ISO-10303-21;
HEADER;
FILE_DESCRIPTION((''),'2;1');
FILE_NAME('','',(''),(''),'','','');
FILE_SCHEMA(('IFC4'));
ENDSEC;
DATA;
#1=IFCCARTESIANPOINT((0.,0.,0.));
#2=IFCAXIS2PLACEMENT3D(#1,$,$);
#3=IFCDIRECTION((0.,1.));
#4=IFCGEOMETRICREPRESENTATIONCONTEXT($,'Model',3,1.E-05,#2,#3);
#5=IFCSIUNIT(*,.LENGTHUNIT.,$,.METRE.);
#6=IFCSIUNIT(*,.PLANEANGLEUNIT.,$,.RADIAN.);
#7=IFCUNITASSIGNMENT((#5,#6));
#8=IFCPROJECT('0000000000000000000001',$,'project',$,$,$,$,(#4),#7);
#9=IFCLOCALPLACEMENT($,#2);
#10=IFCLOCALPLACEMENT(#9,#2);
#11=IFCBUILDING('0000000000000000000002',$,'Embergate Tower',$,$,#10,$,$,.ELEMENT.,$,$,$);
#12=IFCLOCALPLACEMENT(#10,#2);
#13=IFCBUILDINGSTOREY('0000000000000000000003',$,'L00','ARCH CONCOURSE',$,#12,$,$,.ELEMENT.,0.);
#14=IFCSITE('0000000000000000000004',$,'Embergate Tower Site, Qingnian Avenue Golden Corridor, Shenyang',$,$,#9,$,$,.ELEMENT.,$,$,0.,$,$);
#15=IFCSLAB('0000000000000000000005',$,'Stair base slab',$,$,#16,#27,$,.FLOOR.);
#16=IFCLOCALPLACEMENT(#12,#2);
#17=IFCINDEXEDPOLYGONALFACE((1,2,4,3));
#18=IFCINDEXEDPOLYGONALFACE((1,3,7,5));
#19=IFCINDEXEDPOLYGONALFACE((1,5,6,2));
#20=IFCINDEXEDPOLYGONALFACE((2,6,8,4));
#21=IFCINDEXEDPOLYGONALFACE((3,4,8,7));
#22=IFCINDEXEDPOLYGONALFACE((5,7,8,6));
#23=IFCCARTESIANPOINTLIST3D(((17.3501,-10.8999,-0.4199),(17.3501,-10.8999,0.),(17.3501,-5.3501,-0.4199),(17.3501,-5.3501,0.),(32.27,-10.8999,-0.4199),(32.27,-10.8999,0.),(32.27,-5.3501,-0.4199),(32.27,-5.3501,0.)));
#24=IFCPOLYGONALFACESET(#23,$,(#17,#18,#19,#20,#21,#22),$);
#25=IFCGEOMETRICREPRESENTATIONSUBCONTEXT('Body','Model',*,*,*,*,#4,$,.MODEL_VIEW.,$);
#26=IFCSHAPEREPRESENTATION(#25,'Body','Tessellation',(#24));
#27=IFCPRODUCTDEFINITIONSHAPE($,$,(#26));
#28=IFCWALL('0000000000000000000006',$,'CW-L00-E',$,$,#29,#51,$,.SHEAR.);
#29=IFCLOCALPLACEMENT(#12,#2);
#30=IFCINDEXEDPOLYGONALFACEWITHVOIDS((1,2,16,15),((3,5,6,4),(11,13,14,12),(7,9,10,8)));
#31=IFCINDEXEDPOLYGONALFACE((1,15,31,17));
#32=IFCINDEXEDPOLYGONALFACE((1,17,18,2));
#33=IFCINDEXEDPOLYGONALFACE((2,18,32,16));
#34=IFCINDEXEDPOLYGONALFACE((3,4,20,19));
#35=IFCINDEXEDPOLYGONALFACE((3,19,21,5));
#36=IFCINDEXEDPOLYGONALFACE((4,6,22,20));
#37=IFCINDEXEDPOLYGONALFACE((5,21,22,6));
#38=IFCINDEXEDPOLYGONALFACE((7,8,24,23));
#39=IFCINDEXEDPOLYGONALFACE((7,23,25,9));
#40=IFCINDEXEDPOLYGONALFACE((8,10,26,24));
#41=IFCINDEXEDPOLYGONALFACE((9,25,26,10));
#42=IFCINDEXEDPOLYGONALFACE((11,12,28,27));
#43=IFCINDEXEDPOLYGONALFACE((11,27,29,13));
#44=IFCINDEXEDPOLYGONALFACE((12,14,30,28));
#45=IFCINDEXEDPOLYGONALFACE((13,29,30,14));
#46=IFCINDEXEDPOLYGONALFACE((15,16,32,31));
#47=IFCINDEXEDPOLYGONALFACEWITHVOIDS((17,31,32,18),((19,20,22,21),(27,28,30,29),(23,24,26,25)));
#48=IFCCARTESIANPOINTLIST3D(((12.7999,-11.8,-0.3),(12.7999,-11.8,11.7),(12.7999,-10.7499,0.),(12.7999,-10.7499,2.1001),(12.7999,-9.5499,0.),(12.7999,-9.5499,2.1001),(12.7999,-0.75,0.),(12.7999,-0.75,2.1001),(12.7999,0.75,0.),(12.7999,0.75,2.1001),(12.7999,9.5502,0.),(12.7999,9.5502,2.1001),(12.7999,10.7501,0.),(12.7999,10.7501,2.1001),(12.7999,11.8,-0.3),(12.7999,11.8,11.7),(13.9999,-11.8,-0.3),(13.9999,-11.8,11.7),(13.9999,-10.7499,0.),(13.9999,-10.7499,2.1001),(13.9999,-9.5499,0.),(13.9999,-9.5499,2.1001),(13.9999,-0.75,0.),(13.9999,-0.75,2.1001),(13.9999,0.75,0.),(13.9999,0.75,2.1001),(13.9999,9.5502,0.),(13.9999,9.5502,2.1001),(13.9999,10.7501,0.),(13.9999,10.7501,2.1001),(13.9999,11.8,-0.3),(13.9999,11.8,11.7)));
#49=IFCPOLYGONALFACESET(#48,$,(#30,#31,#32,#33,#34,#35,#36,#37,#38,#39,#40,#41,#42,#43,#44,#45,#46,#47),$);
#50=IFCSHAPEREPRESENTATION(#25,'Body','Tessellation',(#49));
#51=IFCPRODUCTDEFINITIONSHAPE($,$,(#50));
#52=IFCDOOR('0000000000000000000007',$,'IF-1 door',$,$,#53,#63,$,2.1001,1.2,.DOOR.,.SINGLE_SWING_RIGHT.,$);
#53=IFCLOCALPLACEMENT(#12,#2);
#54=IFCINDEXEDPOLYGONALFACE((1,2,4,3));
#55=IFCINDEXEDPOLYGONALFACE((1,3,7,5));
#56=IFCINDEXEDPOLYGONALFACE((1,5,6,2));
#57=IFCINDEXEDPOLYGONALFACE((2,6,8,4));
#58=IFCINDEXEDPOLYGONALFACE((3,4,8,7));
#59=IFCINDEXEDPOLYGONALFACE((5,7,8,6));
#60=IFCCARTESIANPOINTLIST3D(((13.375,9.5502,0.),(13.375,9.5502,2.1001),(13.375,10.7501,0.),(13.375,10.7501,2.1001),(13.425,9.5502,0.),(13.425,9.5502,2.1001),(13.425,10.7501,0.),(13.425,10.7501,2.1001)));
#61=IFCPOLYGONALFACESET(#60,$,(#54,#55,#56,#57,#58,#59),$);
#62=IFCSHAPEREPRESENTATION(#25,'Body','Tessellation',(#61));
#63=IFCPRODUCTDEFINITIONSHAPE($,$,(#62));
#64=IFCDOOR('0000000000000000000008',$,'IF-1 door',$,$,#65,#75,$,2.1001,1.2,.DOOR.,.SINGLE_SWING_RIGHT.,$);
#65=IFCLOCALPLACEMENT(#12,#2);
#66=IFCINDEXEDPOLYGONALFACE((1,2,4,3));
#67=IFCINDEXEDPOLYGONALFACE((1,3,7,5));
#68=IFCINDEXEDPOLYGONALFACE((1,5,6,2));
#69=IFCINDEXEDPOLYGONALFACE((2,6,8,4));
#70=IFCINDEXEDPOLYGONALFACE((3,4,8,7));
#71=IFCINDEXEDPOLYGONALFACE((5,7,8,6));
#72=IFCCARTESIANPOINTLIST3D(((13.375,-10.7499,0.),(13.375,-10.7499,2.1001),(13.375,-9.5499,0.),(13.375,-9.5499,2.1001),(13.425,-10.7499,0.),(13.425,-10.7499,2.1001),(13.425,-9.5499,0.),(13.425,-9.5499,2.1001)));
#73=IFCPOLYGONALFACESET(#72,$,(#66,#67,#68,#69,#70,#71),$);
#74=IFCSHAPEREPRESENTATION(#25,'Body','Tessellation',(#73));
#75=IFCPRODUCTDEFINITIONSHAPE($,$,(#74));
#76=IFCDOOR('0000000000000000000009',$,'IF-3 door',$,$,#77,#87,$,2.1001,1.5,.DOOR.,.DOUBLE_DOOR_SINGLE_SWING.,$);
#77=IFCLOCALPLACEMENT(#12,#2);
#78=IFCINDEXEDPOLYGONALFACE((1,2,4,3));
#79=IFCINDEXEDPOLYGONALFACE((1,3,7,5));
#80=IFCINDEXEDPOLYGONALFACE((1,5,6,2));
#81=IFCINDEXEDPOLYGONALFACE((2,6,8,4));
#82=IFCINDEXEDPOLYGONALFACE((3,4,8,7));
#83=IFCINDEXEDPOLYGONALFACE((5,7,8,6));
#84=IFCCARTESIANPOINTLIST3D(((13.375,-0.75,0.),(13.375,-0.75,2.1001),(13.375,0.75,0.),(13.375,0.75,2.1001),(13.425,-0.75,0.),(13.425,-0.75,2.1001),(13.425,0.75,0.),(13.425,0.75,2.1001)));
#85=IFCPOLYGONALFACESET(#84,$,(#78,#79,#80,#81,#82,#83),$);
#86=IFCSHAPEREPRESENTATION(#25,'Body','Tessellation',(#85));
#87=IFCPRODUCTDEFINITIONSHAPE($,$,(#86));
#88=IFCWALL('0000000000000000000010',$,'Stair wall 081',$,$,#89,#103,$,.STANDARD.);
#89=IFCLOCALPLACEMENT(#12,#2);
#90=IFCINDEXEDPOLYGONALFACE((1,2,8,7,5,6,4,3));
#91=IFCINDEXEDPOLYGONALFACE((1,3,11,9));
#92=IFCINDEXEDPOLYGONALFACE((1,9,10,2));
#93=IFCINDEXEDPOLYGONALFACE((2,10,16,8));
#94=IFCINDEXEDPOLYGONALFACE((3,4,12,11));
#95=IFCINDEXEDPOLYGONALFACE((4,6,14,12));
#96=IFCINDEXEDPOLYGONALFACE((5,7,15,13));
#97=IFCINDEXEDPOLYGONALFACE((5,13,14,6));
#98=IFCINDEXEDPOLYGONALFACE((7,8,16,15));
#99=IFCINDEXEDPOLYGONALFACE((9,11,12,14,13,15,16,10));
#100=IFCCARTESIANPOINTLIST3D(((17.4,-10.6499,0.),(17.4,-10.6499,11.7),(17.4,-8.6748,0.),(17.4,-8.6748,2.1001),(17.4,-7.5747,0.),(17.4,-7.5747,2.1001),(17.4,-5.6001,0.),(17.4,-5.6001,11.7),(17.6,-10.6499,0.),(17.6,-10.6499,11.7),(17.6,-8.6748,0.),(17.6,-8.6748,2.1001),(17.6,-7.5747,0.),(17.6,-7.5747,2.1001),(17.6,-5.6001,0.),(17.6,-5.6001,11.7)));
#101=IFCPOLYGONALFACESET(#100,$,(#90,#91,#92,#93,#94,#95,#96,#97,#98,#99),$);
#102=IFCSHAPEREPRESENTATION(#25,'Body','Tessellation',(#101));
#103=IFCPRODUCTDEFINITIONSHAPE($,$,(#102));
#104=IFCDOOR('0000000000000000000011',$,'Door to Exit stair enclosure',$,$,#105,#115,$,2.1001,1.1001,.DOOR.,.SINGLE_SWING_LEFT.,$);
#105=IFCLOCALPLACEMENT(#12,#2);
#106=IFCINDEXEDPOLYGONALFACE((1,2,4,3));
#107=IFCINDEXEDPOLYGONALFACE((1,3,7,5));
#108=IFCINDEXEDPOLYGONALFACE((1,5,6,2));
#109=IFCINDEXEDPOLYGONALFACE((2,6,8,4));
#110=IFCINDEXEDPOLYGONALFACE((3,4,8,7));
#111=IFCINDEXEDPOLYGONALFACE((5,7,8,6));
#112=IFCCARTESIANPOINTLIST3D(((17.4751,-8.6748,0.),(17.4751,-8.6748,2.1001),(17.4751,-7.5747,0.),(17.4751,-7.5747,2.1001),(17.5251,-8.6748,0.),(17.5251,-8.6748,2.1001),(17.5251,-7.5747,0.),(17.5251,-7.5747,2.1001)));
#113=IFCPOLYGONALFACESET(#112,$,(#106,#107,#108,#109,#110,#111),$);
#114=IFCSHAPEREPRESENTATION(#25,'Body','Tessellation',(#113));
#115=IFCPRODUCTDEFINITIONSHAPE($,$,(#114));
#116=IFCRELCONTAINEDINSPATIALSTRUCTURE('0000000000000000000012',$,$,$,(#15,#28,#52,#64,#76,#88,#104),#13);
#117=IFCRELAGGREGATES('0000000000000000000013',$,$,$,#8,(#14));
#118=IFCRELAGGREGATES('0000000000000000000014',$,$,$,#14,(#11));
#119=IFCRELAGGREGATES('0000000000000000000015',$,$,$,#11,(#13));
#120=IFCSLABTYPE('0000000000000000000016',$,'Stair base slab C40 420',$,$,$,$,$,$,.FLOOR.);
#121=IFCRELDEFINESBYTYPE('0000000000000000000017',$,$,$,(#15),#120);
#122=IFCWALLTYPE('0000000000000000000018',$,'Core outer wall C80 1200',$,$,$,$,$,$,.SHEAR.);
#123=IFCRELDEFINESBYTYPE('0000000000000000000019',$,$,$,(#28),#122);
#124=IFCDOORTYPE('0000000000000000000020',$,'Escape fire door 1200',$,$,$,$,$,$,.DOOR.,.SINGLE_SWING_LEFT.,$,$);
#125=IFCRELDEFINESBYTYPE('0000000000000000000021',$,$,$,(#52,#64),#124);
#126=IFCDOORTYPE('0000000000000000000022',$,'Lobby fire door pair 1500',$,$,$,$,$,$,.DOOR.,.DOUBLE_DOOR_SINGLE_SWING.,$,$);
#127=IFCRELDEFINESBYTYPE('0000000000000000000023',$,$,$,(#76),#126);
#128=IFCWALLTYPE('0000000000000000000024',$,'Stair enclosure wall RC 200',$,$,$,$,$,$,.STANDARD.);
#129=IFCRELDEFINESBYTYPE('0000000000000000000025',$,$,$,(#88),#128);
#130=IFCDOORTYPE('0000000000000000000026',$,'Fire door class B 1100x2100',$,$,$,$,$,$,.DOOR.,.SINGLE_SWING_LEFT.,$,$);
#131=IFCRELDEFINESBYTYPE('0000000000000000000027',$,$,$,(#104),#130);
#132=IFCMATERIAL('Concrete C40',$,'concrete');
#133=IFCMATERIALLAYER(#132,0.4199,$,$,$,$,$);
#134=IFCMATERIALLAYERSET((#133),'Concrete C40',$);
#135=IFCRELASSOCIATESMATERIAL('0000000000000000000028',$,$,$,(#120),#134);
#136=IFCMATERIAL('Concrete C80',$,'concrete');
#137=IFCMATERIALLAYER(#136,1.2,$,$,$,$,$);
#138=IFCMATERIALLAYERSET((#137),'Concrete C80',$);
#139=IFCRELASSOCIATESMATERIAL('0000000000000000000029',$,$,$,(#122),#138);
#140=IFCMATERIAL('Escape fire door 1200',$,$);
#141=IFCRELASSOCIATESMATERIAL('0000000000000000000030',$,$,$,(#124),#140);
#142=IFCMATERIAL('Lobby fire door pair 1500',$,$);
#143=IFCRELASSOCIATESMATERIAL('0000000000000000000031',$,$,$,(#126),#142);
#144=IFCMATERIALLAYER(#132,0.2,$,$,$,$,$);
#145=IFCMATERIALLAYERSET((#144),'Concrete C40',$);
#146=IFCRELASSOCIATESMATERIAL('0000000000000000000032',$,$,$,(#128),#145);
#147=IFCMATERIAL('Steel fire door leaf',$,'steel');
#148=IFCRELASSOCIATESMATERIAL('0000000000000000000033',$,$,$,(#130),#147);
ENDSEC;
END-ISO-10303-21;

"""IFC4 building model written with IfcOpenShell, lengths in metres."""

from ifc_helpers import new_model, si_unit, direction, frame, frame_2d, origin, place, context, subcontext, project, spatial, polyline, rectangle, outline, extrude, source, transform, mapped, material, layer, layer_set, type_object, element, fill, save


model = new_model("IFC4")

# Units and contexts
model_context = context("Model", 3, precision=1e-05, world=origin(), true_north=direction((0.0, 1.0)))
body_context = subcontext(model_context, "Body", "Model", "MODEL_VIEW")
ifc_project = project(units=[si_unit("LENGTHUNIT", "METRE"), si_unit("PLANEANGLEUNIT", "RADIAN")], contexts=[model_context])

# Site, building, storey
site_placement = place(None, origin())
site = spatial("IfcSite", under=ifc_project, at=site_placement, Name="Embergate Tower Site, Qingnian Avenue Golden Corridor, Shenyang", CompositionType="ELEMENT", RefElevation=0.0)
building_placement = place(site_placement, origin())
building = spatial("IfcBuilding", under=site, at=building_placement, Name="Embergate Tower", CompositionType="ELEMENT")
storey_placement = place(building_placement, origin())
storey = spatial("IfcBuildingStorey", under=building, at=storey_placement, Name="L00", Description="ARCH CONCOURSE", CompositionType="ELEMENT", Elevation=0.0)

# Slab
ifc_material_1 = material(Name="Concrete C40", Category="concrete")
ifc_layer_1 = layer(ifc_material_1, 0.4199)
ifc_layer_set_1 = layer_set([ifc_layer_1], Name="Concrete C40")
slab_type = type_object("IfcSlabType", Name="Stair base slab C40 420", PredefinedType="FLOOR", material=ifc_layer_set_1)
shared_shape_1 = source(origin(), body_context, "Body", "SweptSolid", [
    extrude(outline(polyline([(0.0, 0.0), (0.0, 5.5498), (14.9199, 5.5498), (14.9199, 0.0), (0.0, 0.0)])), origin(), (0.0, 0.0, 1.0), 0.4199),
])
slab_placement = place(storey_placement, frame((17.3501, -10.8999, -0.4199)))
element("IfcSlab", 1, at=slab_placement, inside=storey, type_object=slab_type, Name="Stair base slab", PredefinedType="FLOOR", context=body_context, shape_type="MappedRepresentation", body=[
    mapped(shared_shape_1, transform((0.0, 0.0, 0.0))),
])

# Wall, openings, doors
ifc_material_2 = material(Name="Concrete C80", Category="concrete")
ifc_layer_2 = layer(ifc_material_2, 1.2)
ifc_layer_set_2 = layer_set([ifc_layer_2], Name="Concrete C80")
wall_type_1 = type_object("IfcWallType", Name="Core outer wall C80 1200", PredefinedType="SHEAR", material=ifc_layer_set_2)
shared_shape_2 = source(origin(), body_context, "Body", "SweptSolid", [
    extrude(rectangle(XDim=23.6001, YDim=1.2, at=frame_2d((11.8, 0.0))), origin(), (0.0, 0.0, 1.0), 12.0),
])
wall_1_placement = place(storey_placement, frame((13.3999, -11.8, -0.3), z_axis=(0.0, 0.0, 1.0), x_axis=(0.0, 1.0, 0.0)))
wall_1 = element("IfcWall", 2, at=wall_1_placement, inside=storey, type_object=wall_type_1, Name="CW-L00-E", PredefinedType="SHEAR", context=body_context, shape_type="MappedRepresentation", body=[
    mapped(shared_shape_2, transform((0.0, 0.0, 0.0))),
])
shared_shape_3 = source(origin(), body_context, "Body", "SweptSolid", [
    extrude(rectangle(XDim=1.2, YDim=2.1001, at=frame_2d((0.6001, 1.05))), frame((0.0, 0.6099, 0.0), z_axis=(0.0, -1.0, 0.0), x_axis=(1.0, 0.0, 0.0)), (0.0, 0.0, 1.0), 1.22),
])
opening_1_placement = place(wall_1_placement, frame((21.3501, 0.0, 0.3)))
opening_1 = element("IfcOpeningElement", 3, at=opening_1_placement, cuts=wall_1, PredefinedType="OPENING", context=body_context, shape_type="MappedRepresentation", body=[
    mapped(shared_shape_3, transform((0.0, 0.0, 0.0))),
])
opening_2_placement = place(wall_1_placement, frame((1.05, 0.0, 0.3)))
opening_2 = element("IfcOpeningElement", 4, at=opening_2_placement, cuts=wall_1, PredefinedType="OPENING", context=body_context, shape_type="MappedRepresentation", body=[
    mapped(shared_shape_3, transform((0.0, 0.0, 0.0))),
])
shared_shape_4 = source(origin(), body_context, "Body", "SweptSolid", [
    extrude(rectangle(XDim=1.5, YDim=2.1001, at=frame_2d((0.75, 1.05))), frame((0.0, 0.6099, 0.0), z_axis=(0.0, -1.0, 0.0), x_axis=(1.0, 0.0, 0.0)), (0.0, 0.0, 1.0), 1.22),
])
opening_3_placement = place(wall_1_placement, frame((11.05, 0.0, 0.3)))
opening_3 = element("IfcOpeningElement", 5, at=opening_3_placement, cuts=wall_1, PredefinedType="OPENING", context=body_context, shape_type="MappedRepresentation", body=[
    mapped(shared_shape_4, transform((0.0, 0.0, 0.0))),
])
ifc_material_3 = material(Name="Escape fire door 1200")
door_type_1 = type_object("IfcDoorType", Name="Escape fire door 1200", OperationType="SINGLE_SWING_LEFT", PredefinedType="DOOR", material=ifc_material_3)
shared_shape_5 = source(origin(), body_context, "Body", "SweptSolid", [
    extrude(rectangle(XDim=1.2, YDim=2.1001, at=frame_2d((0.6001, 1.05))), frame((0.0, 0.0249, 0.0), z_axis=(0.0, -1.0, 0.0), x_axis=(1.0, 0.0, 0.0)), (0.0, 0.0, 1.0), 0.05),
])
door_1_placement = place(opening_1_placement, origin())
door_1 = element("IfcDoor", 6, at=door_1_placement, inside=storey, type_object=door_type_1, Name="IF-1 door", OperationType="SINGLE_SWING_RIGHT", OverallHeight=2.1001, OverallWidth=1.2, PredefinedType="DOOR", context=body_context, shape_type="MappedRepresentation", body=[
    mapped(shared_shape_5, transform((0.0, 0.0, 0.0))),
])
fill(opening_1, door_1)
door_2_placement = place(opening_2_placement, origin())
door_2 = element("IfcDoor", 7, at=door_2_placement, inside=storey, type_object=door_type_1, Name="IF-1 door", OperationType="SINGLE_SWING_RIGHT", OverallHeight=2.1001, OverallWidth=1.2, PredefinedType="DOOR", context=body_context, shape_type="MappedRepresentation", body=[
    mapped(shared_shape_5, transform((0.0, 0.0, 0.0))),
])
fill(opening_2, door_2)
ifc_material_4 = material(Name="Lobby fire door pair 1500")
door_type_2 = type_object("IfcDoorType", Name="Lobby fire door pair 1500", OperationType="DOUBLE_DOOR_SINGLE_SWING", PredefinedType="DOOR", material=ifc_material_4)
shared_shape_6 = source(origin(), body_context, "Body", "SweptSolid", [
    extrude(rectangle(XDim=1.5, YDim=2.1001, at=frame_2d((0.75, 1.05))), frame((0.0, 0.0249, 0.0), z_axis=(0.0, -1.0, 0.0), x_axis=(1.0, 0.0, 0.0)), (0.0, 0.0, 1.0), 0.05),
])
door_3_placement = place(opening_3_placement, origin())
door_3 = element("IfcDoor", 8, at=door_3_placement, inside=storey, type_object=door_type_2, Name="IF-3 door", OperationType="DOUBLE_DOOR_SINGLE_SWING", OverallHeight=2.1001, OverallWidth=1.5, PredefinedType="DOOR", context=body_context, shape_type="MappedRepresentation", body=[
    mapped(shared_shape_6, transform((0.0, 0.0, 0.0))),
])
fill(opening_3, door_3)

# Wall, opening, door
ifc_layer_3 = layer(ifc_material_1, 0.2)
ifc_layer_set_3 = layer_set([ifc_layer_3], Name="Concrete C40")
wall_type_2 = type_object("IfcWallType", Name="Stair enclosure wall RC 200", PredefinedType="STANDARD", material=ifc_layer_set_3)
shared_shape_7 = source(origin(), body_context, "Body", "SweptSolid", [
    extrude(rectangle(XDim=5.0498, YDim=0.2, at=frame_2d((2.5249, 0.0))), origin(), (0.0, 0.0, 1.0), 11.7),
])
wall_2_placement = place(storey_placement, frame((17.5, -10.6499, 0.0), z_axis=(0.0, 0.0, 1.0), x_axis=(0.0, 1.0, 0.0)))
wall_2 = element("IfcWall", 9, at=wall_2_placement, inside=storey, type_object=wall_type_2, Name="Stair wall 081", PredefinedType="STANDARD", context=body_context, shape_type="MappedRepresentation", body=[
    mapped(shared_shape_7, transform((0.0, 0.0, 0.0))),
])
shared_shape_8 = source(origin(), body_context, "Body", "SweptSolid", [
    extrude(rectangle(XDim=1.1001, YDim=2.1001, at=frame_2d((0.55, 1.05))), frame((0.0, 0.1099, 0.0), z_axis=(0.0, -1.0, 0.0), x_axis=(1.0, 0.0, 0.0)), (0.0, 0.0, 1.0), 0.22),
])
opening_4_placement = place(wall_2_placement, frame((1.9751, 0.0, 0.0)))
opening_4 = element("IfcOpeningElement", 10, at=opening_4_placement, cuts=wall_2, PredefinedType="OPENING", context=body_context, shape_type="MappedRepresentation", body=[
    mapped(shared_shape_8, transform((0.0, 0.0, 0.0))),
])
ifc_material_5 = material(Name="Steel fire door leaf", Category="steel")
door_type_3 = type_object("IfcDoorType", Name="Fire door class B 1100x2100", OperationType="SINGLE_SWING_LEFT", PredefinedType="DOOR", material=ifc_material_5)
shared_shape_9 = source(origin(), body_context, "Body", "SweptSolid", [
    extrude(rectangle(XDim=1.1001, YDim=2.1001, at=frame_2d((0.55, 1.05))), frame((0.0, 0.0249, 0.0), z_axis=(0.0, -1.0, 0.0), x_axis=(1.0, 0.0, 0.0)), (0.0, 0.0, 1.0), 0.05),
])
door_4_placement = place(opening_4_placement, origin())
door_4 = element("IfcDoor", 11, at=door_4_placement, inside=storey, type_object=door_type_3, Name="Door to Exit stair enclosure", OperationType="SINGLE_SWING_LEFT", OverallHeight=2.1001, OverallWidth=1.1001, PredefinedType="DOOR", context=body_context, shape_type="MappedRepresentation", body=[
    mapped(shared_shape_9, transform((0.0, 0.0, 0.0))),
])
fill(opening_4, door_4)

save(model, "model.ifc")
